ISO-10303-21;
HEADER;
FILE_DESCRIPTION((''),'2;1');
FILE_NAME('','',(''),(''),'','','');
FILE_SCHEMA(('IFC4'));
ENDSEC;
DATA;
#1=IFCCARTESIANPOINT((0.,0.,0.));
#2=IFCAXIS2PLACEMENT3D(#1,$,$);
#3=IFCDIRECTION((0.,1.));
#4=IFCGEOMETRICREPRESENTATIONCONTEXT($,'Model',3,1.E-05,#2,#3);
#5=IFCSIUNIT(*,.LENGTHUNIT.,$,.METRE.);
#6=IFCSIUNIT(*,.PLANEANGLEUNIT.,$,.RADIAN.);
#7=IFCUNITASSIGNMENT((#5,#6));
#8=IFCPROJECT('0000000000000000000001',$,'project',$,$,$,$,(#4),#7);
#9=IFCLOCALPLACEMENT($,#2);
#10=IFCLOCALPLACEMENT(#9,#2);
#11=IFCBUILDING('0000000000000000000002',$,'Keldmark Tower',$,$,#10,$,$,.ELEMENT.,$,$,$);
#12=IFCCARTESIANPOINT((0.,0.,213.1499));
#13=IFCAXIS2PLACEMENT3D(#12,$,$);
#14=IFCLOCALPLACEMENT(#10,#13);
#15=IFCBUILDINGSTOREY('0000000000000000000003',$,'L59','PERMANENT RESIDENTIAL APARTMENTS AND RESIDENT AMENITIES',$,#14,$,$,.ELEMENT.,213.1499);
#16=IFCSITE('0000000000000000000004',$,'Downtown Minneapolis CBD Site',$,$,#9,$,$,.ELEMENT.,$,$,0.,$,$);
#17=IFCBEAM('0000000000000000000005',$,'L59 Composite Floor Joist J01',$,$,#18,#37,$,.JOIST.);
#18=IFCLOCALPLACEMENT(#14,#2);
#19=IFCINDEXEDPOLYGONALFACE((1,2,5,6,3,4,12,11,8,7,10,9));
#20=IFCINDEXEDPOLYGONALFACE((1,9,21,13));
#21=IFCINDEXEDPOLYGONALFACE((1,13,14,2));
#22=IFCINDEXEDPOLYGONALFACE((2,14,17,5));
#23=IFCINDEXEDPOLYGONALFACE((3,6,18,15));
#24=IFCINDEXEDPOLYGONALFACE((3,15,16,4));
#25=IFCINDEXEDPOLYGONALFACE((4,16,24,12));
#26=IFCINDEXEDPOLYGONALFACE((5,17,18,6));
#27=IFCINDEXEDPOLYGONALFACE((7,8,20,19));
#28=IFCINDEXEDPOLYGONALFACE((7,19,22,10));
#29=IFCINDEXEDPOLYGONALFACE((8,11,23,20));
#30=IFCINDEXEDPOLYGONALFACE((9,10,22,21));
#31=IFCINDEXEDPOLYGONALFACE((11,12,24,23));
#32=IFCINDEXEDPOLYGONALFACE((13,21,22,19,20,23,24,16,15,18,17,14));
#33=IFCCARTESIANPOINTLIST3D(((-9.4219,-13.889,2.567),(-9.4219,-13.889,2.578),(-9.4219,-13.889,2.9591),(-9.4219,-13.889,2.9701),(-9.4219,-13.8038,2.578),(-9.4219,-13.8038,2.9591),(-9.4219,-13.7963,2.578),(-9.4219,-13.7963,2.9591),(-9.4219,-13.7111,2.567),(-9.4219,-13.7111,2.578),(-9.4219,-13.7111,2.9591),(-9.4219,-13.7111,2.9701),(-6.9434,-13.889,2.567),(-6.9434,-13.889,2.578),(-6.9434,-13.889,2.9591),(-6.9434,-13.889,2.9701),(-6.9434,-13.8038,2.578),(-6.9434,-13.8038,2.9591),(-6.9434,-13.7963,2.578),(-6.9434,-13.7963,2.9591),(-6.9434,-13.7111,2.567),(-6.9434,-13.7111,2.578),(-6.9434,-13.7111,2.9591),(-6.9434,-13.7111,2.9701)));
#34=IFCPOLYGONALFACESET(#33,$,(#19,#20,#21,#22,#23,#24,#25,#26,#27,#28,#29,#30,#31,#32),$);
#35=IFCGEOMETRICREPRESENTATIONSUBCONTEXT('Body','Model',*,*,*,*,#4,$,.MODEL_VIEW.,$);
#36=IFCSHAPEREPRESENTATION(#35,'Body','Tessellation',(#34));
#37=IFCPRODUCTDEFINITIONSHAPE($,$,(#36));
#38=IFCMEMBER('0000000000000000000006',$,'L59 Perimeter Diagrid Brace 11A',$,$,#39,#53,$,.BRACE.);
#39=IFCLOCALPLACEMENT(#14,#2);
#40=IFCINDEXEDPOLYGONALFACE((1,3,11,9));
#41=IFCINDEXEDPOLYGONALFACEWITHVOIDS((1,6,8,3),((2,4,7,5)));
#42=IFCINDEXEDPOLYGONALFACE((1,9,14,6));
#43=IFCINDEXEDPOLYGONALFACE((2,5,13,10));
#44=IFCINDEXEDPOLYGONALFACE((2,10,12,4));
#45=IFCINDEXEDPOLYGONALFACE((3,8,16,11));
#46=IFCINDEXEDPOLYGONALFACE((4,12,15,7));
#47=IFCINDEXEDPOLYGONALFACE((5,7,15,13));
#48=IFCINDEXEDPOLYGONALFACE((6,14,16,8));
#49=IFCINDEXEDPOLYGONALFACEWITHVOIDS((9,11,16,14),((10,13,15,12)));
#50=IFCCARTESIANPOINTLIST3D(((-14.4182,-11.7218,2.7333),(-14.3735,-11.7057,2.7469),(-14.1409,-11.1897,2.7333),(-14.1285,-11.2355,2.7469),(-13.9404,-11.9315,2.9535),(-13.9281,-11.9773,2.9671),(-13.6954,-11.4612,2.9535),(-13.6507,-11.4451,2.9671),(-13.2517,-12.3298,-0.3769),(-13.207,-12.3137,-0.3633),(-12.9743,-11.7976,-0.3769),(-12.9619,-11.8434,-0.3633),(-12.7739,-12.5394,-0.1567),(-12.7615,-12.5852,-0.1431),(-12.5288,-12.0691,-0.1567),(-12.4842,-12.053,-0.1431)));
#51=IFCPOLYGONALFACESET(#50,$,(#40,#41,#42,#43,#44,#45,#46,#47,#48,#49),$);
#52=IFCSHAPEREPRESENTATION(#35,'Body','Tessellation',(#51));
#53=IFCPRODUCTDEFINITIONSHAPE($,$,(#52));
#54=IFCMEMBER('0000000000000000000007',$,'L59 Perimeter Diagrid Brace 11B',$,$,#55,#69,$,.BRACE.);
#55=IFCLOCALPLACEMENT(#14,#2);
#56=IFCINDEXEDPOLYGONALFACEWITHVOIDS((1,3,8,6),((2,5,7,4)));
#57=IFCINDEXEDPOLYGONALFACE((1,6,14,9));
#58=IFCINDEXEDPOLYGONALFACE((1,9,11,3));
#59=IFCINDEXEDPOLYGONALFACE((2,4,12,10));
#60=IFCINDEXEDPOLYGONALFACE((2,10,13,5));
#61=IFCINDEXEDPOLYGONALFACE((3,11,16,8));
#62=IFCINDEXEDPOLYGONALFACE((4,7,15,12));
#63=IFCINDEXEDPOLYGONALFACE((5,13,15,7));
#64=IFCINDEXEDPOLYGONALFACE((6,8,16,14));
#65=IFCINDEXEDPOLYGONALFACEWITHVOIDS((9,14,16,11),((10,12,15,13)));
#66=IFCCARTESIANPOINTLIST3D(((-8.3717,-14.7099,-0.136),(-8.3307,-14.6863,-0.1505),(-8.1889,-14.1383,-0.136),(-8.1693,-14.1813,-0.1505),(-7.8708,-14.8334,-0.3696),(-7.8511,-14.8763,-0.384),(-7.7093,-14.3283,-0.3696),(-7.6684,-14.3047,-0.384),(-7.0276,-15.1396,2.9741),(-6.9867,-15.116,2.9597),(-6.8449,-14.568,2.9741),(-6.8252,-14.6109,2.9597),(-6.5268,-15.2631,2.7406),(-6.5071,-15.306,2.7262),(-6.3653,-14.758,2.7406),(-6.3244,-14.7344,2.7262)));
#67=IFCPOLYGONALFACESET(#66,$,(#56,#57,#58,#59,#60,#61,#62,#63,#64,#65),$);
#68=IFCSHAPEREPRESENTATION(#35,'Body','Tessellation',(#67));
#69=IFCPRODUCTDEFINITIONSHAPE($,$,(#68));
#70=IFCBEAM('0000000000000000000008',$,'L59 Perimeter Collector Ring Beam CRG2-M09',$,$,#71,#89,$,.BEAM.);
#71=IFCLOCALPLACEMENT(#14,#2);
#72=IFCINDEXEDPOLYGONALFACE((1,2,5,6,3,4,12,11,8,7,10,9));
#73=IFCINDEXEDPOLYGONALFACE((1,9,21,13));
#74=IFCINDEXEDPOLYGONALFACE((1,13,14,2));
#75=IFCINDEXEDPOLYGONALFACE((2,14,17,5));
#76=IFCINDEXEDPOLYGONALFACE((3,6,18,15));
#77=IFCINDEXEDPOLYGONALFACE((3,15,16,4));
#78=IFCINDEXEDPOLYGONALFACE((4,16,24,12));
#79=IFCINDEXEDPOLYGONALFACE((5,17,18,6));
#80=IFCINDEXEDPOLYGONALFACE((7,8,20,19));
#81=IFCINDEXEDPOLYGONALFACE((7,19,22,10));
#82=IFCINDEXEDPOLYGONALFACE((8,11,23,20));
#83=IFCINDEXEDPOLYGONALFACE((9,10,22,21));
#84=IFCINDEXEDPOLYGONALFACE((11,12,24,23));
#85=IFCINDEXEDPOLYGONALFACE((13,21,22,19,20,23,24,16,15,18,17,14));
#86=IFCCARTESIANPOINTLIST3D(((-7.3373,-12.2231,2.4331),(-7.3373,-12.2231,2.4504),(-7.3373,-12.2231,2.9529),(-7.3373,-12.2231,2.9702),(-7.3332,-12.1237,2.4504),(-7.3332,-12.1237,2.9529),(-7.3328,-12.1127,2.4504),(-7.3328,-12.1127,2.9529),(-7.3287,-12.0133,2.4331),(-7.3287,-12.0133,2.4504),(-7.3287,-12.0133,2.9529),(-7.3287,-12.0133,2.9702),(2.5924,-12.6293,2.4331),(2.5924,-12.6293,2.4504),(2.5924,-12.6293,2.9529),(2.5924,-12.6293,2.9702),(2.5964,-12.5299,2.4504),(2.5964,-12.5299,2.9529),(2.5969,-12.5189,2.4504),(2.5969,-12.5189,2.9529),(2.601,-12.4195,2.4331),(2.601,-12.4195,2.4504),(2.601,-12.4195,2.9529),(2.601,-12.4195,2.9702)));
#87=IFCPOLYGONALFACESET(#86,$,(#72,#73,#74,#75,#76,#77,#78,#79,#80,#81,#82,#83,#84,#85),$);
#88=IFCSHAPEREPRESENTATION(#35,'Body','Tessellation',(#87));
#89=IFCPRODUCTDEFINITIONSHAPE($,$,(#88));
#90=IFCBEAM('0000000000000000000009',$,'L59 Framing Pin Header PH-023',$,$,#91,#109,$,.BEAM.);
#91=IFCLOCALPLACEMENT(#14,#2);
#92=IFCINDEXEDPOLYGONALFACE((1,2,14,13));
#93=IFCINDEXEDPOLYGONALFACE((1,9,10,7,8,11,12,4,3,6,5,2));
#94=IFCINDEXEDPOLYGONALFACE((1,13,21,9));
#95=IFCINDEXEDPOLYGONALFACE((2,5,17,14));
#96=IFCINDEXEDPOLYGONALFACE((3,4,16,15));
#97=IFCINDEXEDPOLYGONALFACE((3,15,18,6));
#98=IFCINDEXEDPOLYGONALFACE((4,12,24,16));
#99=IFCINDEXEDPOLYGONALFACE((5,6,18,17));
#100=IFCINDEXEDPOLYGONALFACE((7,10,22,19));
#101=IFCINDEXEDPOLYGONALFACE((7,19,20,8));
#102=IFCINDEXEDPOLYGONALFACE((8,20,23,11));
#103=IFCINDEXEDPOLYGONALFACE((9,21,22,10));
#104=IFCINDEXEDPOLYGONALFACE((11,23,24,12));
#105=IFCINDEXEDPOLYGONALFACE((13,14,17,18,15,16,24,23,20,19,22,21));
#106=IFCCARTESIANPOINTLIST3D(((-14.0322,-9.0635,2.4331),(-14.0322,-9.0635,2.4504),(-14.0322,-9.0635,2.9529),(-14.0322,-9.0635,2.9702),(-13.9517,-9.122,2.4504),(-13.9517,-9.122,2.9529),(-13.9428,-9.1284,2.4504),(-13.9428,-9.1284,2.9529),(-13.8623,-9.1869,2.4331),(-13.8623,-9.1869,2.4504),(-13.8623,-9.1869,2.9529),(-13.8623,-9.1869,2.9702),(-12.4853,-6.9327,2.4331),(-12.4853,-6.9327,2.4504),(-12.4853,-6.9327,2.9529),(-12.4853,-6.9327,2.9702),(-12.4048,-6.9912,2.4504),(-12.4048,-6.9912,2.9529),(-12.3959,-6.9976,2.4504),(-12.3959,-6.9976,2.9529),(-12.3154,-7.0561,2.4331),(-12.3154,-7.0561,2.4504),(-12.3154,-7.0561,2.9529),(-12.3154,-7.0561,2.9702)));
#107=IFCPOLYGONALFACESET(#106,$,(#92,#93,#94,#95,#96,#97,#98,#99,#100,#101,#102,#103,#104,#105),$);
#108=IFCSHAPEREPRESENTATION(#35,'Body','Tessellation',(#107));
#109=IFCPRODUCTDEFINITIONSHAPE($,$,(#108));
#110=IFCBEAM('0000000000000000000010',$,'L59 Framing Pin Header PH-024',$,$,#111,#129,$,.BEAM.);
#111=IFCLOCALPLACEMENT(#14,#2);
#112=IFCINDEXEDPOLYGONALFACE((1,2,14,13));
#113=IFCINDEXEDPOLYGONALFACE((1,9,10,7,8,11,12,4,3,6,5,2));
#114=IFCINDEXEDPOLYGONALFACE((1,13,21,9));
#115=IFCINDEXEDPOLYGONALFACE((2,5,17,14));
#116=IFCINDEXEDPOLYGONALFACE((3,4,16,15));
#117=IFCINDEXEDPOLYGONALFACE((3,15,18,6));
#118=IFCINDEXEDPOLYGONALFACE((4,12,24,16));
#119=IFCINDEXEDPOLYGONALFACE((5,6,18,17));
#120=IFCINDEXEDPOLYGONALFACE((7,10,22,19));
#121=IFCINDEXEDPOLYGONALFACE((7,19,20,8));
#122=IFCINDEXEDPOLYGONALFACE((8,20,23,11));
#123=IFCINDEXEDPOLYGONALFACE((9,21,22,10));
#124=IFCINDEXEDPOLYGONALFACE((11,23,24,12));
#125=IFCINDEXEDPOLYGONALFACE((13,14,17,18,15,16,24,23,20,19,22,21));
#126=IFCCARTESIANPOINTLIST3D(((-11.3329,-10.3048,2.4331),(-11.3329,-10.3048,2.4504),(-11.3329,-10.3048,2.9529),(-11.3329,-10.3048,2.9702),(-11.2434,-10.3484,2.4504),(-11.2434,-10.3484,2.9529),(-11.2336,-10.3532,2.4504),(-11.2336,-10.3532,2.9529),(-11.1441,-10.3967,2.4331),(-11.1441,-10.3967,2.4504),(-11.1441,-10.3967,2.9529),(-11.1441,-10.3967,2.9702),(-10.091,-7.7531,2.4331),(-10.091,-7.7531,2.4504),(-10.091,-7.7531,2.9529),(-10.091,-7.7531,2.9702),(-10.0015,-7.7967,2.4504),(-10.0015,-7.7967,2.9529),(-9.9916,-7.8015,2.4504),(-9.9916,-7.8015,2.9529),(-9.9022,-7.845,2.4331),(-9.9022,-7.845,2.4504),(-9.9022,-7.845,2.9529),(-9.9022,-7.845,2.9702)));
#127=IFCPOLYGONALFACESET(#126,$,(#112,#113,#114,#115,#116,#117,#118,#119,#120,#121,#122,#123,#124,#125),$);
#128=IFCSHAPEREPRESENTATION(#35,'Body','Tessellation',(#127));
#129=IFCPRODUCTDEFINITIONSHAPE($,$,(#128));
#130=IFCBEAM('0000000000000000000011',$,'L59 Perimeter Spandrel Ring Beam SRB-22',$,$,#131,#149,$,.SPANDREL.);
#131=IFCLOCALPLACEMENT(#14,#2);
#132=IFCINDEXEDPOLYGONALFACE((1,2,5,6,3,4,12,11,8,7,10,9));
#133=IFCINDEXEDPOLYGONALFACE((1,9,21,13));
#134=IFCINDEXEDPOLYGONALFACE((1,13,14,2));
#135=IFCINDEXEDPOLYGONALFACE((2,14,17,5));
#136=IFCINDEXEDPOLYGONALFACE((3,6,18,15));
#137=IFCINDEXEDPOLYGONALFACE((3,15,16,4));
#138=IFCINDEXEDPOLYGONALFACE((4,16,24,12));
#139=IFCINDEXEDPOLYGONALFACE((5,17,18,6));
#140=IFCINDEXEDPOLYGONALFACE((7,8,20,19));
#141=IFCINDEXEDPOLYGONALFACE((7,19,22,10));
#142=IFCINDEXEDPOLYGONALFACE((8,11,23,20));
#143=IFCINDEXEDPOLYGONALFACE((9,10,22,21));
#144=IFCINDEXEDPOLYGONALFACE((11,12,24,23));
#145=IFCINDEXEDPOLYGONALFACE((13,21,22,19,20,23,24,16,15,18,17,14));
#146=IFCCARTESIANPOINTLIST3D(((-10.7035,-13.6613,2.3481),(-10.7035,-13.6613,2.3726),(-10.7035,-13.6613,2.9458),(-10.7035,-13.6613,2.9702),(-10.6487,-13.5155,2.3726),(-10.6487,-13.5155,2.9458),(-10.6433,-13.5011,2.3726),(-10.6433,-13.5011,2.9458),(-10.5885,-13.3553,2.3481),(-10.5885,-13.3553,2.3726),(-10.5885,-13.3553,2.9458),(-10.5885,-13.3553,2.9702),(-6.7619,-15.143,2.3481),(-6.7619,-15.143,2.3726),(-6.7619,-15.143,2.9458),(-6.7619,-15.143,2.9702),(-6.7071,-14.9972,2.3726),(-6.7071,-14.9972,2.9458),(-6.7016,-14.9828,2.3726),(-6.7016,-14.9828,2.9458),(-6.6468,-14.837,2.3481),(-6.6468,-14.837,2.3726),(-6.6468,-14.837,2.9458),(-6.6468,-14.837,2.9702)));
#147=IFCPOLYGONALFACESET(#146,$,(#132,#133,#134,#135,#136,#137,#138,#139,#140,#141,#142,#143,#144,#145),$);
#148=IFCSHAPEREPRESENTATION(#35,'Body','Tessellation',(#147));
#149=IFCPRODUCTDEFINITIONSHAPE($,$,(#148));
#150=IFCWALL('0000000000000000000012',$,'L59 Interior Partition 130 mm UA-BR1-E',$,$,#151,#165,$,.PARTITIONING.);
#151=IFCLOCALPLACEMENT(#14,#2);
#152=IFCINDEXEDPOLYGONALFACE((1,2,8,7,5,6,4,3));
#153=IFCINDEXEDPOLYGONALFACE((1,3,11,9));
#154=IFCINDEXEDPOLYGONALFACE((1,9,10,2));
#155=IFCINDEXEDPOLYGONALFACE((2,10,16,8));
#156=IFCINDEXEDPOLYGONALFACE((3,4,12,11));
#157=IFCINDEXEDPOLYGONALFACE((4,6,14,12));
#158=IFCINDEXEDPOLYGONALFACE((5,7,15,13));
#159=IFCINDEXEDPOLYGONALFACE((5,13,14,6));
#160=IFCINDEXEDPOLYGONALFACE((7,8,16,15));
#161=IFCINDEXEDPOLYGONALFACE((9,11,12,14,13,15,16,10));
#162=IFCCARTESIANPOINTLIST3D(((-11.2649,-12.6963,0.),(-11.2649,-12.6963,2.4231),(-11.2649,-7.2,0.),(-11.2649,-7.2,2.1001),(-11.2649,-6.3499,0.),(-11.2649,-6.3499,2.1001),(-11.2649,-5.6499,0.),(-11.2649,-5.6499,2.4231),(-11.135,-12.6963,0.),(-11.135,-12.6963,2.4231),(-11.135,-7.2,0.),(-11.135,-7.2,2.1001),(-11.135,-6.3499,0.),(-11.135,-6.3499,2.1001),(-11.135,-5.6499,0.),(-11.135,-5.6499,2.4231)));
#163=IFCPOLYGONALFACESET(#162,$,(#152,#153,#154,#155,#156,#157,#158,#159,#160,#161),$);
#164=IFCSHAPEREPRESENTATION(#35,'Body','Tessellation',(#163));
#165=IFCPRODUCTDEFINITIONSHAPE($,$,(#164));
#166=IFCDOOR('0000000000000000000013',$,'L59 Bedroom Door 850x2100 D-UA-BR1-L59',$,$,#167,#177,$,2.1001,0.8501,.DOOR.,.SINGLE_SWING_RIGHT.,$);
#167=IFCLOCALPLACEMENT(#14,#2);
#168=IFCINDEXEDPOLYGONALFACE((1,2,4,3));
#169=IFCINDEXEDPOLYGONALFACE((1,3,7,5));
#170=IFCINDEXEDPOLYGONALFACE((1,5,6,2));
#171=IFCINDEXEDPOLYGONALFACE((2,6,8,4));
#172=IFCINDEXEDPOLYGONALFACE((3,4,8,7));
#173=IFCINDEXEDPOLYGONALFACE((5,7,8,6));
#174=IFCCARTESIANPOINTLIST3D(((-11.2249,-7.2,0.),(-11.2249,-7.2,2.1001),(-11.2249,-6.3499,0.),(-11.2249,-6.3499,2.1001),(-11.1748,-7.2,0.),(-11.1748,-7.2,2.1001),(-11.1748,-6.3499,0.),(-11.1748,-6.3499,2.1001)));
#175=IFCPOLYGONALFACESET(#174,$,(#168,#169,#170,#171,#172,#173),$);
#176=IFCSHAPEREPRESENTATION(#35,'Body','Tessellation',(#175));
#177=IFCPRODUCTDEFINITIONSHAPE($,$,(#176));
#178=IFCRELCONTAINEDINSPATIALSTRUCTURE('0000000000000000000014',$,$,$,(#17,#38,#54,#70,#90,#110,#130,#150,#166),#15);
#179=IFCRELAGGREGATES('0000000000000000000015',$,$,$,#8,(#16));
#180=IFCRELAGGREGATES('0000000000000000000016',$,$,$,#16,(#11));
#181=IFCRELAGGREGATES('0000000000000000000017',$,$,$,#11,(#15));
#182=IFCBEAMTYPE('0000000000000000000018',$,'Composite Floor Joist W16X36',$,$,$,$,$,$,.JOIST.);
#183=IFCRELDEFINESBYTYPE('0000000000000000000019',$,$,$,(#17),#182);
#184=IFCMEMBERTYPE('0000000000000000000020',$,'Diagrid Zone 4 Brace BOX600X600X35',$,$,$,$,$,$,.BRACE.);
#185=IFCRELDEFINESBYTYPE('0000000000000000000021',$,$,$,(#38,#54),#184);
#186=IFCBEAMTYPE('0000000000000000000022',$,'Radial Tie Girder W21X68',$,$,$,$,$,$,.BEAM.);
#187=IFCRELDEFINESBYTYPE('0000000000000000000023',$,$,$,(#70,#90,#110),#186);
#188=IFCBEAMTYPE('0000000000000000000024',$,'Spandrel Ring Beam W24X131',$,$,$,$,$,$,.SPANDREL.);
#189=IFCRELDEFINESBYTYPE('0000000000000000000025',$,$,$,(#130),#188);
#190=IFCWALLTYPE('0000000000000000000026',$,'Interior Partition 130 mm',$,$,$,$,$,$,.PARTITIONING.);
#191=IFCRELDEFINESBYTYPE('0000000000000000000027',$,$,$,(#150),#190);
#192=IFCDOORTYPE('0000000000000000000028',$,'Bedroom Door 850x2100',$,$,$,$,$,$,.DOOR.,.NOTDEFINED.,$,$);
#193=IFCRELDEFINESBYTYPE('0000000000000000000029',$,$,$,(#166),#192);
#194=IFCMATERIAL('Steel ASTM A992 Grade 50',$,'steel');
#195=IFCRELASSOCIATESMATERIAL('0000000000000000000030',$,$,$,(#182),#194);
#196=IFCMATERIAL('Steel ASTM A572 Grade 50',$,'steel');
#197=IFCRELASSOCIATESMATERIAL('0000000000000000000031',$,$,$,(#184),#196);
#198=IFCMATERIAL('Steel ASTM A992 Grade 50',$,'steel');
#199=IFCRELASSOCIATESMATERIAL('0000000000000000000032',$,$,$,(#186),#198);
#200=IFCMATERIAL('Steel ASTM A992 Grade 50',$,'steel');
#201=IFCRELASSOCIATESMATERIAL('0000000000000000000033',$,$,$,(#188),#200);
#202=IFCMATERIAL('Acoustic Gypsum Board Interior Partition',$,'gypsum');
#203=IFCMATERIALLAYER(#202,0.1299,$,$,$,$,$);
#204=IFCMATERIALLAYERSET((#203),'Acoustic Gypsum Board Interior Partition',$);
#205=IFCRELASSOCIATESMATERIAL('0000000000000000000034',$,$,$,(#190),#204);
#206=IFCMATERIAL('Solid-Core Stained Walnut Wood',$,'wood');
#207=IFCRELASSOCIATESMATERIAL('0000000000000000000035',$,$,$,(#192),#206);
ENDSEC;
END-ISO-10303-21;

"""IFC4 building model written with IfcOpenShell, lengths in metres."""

from ifc_helpers import new_model, si_unit, direction, frame, frame_2d, origin, origin_2d, place, context, subcontext, project, spatial, rectangle, hollow_rectangle, i_section, extrude, material, layer, layer_set, material_profile, profile_set, type_object, element, fill, save


model = new_model("IFC4")

# Units and contexts
model_context = context("Model", 3, precision=1e-05, world=origin(), true_north=direction((0.0, 1.0)))
body_context = subcontext(model_context, "Body", "Model", "MODEL_VIEW")
ifc_project = project(units=[si_unit("LENGTHUNIT", "METRE"), si_unit("PLANEANGLEUNIT", "RADIAN")], contexts=[model_context])

# Site, building, storey
site_placement = place(None, origin())
site = spatial("IfcSite", under=ifc_project, at=site_placement, Name="Downtown Minneapolis CBD Site", CompositionType="ELEMENT", RefElevation=0.0)
building_placement = place(site_placement, origin())
building = spatial("IfcBuilding", under=site, at=building_placement, Name="Keldmark Tower", CompositionType="ELEMENT")
storey_placement = place(building_placement, frame((0.0, 0.0, 213.1499)))
storey = spatial("IfcBuildingStorey", under=building, at=storey_placement, Name="L59", Description="PERMANENT RESIDENTIAL APARTMENTS AND RESIDENT AMENITIES", CompositionType="ELEMENT", Elevation=213.1499)

# Beam
ifc_material_1 = material(Name="Steel ASTM A992 Grade 50", Category="steel")
ifc_material_profile_1 = material_profile(ifc_material_1, i_section(OverallWidth=0.178, OverallDepth=0.4031, WebThickness=0.0076, FlangeThickness=0.011, at=origin_2d()), Name="W16X36")
ifc_profile_set_1 = profile_set([ifc_material_profile_1], Name="Steel ASTM A992 Grade 50")
beam_type_1 = type_object("IfcBeamType", Name="Composite Floor Joist W16X36", PredefinedType="JOIST", material=ifc_profile_set_1)
beam_1_placement = place(storey_placement, frame((-9.4219, -13.8, 2.7686), z_axis=(1.0, 0.0, 0.0), x_axis=(0.0, 1.0, 0.0)))
element("IfcBeam", 1, at=beam_1_placement, inside=storey, type_object=beam_type_1, Name="L59 Composite Floor Joist J01", PredefinedType="JOIST", context=body_context, shape_type="SweptSolid", body=[
    extrude(i_section(OverallWidth=0.178, OverallDepth=0.4031, WebThickness=0.0076, FlangeThickness=0.011, at=origin_2d()), origin(), (0.0, 0.0, 1.0), 2.4785),
])

# Members
ifc_material_2 = material(Name="Steel ASTM A572 Grade 50", Category="steel")
ifc_material_profile_2 = material_profile(ifc_material_2, hollow_rectangle(XDim=0.6001, YDim=0.6001, WallThickness=0.0349, at=origin_2d()), Name="BOX600X600X35")
ifc_profile_set_2 = profile_set([ifc_material_profile_2], Name="Steel ASTM A572 Grade 50")
member_type = type_object("IfcMemberType", Name="Diagrid Zone 4 Brace BOX600X600X35", PredefinedType="BRACE", material=ifc_profile_set_2)
member_1_placement = place(storey_placement, frame((-12.8679, -12.1914, -0.26), z_axis=(-0.345442, 0.180023, 0.921011), x_axis=(-0.462147, -0.886803, 0.0)))
element("IfcMember", 2, at=member_1_placement, inside=storey, type_object=member_type, Name="L59 Perimeter Diagrid Brace 11A", PredefinedType="BRACE", context=body_context, shape_type="SweptSolid", body=[
    extrude(hollow_rectangle(XDim=0.6001, YDim=0.6001, WallThickness=0.0349, at=origin_2d()), origin(), (0.0, 0.0, 1.0), 3.377),
])
member_2_placement = place(storey_placement, frame((-8.02, -14.5073, -0.26), z_axis=(0.393531, -0.125816, 0.910661), x_axis=(0.304525, 0.952504, 0.0)))
element("IfcMember", 3, at=member_2_placement, inside=storey, type_object=member_type, Name="L59 Perimeter Diagrid Brace 11B", PredefinedType="BRACE", context=body_context, shape_type="SweptSolid", body=[
    extrude(hollow_rectangle(XDim=0.6001, YDim=0.6001, WallThickness=0.0349, at=origin_2d()), origin(), (0.0, 0.0, 1.0), 3.4153),
])

# Beams
ifc_material_3 = material(Name="Steel ASTM A992 Grade 50", Category="steel")
ifc_material_profile_3 = material_profile(ifc_material_3, i_section(OverallWidth=0.21, OverallDepth=0.5371, WebThickness=0.011, FlangeThickness=0.0173, at=origin_2d()), Name="W21X68")
ifc_profile_set_3 = profile_set([ifc_material_profile_3], Name="Steel ASTM A992 Grade 50")
beam_type_2 = type_object("IfcBeamType", Name="Radial Tie Girder W21X68", PredefinedType="BEAM", material=ifc_profile_set_3)
beam_2_placement = place(storey_placement, frame((-7.333, -12.1182, 2.7017), z_axis=(0.999164, -0.040878, 0.0), x_axis=(0.040878, 0.999164, 0.0)))
element("IfcBeam", 4, at=beam_2_placement, inside=storey, type_object=beam_type_2, Name="L59 Perimeter Collector Ring Beam CRG2-M09", PredefinedType="BEAM", context=body_context, shape_type="SweptSolid", body=[
    extrude(i_section(OverallWidth=0.21, OverallDepth=0.5371, WebThickness=0.011, FlangeThickness=0.0173, at=origin_2d()), origin(), (0.0, 0.0, 1.0), 9.938),
])
beam_3_placement = place(storey_placement, frame((-12.4004, -6.9944, 2.7017), z_axis=(-0.587466, -0.809249, 0.0), x_axis=(0.809249, -0.587466, 0.0)))
element("IfcBeam", 5, at=beam_3_placement, inside=storey, type_object=beam_type_2, Name="L59 Framing Pin Header PH-023", PredefinedType="BEAM", context=body_context, shape_type="SweptSolid", body=[
    extrude(i_section(OverallWidth=0.21, OverallDepth=0.5371, WebThickness=0.011, FlangeThickness=0.0173, at=origin_2d()), origin(), (0.0, 0.0, 1.0), 2.6331),
])
beam_4_placement = place(storey_placement, frame((-9.9966, -7.7991, 2.7017), z_axis=(-0.437622, -0.899159, 0.0), x_axis=(0.899159, -0.437622, 0.0)))
element("IfcBeam", 6, at=beam_4_placement, inside=storey, type_object=beam_type_2, Name="L59 Framing Pin Header PH-024", PredefinedType="BEAM", context=body_context, shape_type="SweptSolid", body=[
    extrude(i_section(OverallWidth=0.21, OverallDepth=0.5371, WebThickness=0.011, FlangeThickness=0.0173, at=origin_2d()), origin(), (0.0, 0.0, 1.0), 2.8379),
])
ifc_material_4 = material(Name="Steel ASTM A992 Grade 50", Category="steel")
ifc_material_profile_4 = material_profile(ifc_material_4, i_section(OverallWidth=0.3269, OverallDepth=0.6221, WebThickness=0.0154, FlangeThickness=0.0244, at=origin_2d()), Name="W24X131")
ifc_profile_set_4 = profile_set([ifc_material_profile_4], Name="Steel ASTM A992 Grade 50")
beam_type_3 = type_object("IfcBeamType", Name="Spandrel Ring Beam W24X131", PredefinedType="SPANDREL", material=ifc_profile_set_4)
beam_5_placement = place(storey_placement, frame((-10.646, -13.5083, 2.6592), z_axis=(0.93605, -0.351867, 0.0), x_axis=(0.351867, 0.93605, 0.0)))
element("IfcBeam", 7, at=beam_5_placement, inside=storey, type_object=beam_type_3, Name="L59 Perimeter Spandrel Ring Beam SRB-22", PredefinedType="SPANDREL", context=body_context, shape_type="SweptSolid", body=[
    extrude(i_section(OverallWidth=0.3269, OverallDepth=0.6221, WebThickness=0.0154, FlangeThickness=0.0244, at=origin_2d()), origin(), (0.0, 0.0, 1.0), 4.2109),
])

# Wall, opening, door
ifc_material_5 = material(Name="Acoustic Gypsum Board Interior Partition", Category="gypsum")
ifc_layer_1 = layer(ifc_material_5, 0.1299)
ifc_layer_set_1 = layer_set([ifc_layer_1], Name="Acoustic Gypsum Board Interior Partition")
wall_type_1 = type_object("IfcWallType", Name="Interior Partition 130 mm", PredefinedType="PARTITIONING", material=ifc_layer_set_1)
wall_1_placement = place(storey_placement, frame((-11.2, -12.6963, 0.0), z_axis=(0.0, 0.0, 1.0), x_axis=(0.0, 1.0, 0.0)))
wall_1 = element("IfcWall", 8, at=wall_1_placement, inside=storey, type_object=wall_type_1, Name="L59 Interior Partition 130 mm UA-BR1-E", PredefinedType="PARTITIONING", context=body_context, shape_type="SweptSolid", body=[
    extrude(rectangle(XDim=7.0464, YDim=0.1299, at=frame_2d((3.5232, 0.0))), origin(), (0.0, 0.0, 1.0), 2.4231),
])
opening_1_placement = place(wall_1_placement, frame((5.4963, 0.0, 0.0)))
opening_1 = element("IfcOpeningElement", 9, at=opening_1_placement, cuts=wall_1, PredefinedType="OPENING", context=body_context, shape_type="SweptSolid", body=[
    extrude(rectangle(XDim=0.8501, YDim=2.1001, at=frame_2d((0.425, 1.05))), frame((0.0, 0.075, 0.0), z_axis=(0.0, -1.0, 0.0), x_axis=(1.0, 0.0, 0.0)), (0.0, 0.0, 1.0), 0.1499),
])
ifc_material_6 = material(Name="Solid-Core Stained Walnut Wood", Category="wood")
door_type_1 = type_object("IfcDoorType", Name="Bedroom Door 850x2100", OperationType="NOTDEFINED", PredefinedType="DOOR", material=ifc_material_6)
door_1_placement = place(opening_1_placement, origin())
door_1 = element("IfcDoor", 10, at=door_1_placement, inside=storey, type_object=door_type_1, Name="L59 Bedroom Door 850x2100 D-UA-BR1-L59", OperationType="SINGLE_SWING_RIGHT", OverallHeight=2.1001, OverallWidth=0.8501, PredefinedType="DOOR", context=body_context, shape_type="SweptSolid", body=[
    extrude(rectangle(XDim=0.8501, YDim=2.1001, at=frame_2d((0.425, 1.05))), frame((0.0, 0.0249, 0.0), z_axis=(0.0, -1.0, 0.0), x_axis=(1.0, 0.0, 0.0)), (0.0, 0.0, 1.0), 0.05),
])
fill(opening_1, door_1)

save(model, "model.ifc")
